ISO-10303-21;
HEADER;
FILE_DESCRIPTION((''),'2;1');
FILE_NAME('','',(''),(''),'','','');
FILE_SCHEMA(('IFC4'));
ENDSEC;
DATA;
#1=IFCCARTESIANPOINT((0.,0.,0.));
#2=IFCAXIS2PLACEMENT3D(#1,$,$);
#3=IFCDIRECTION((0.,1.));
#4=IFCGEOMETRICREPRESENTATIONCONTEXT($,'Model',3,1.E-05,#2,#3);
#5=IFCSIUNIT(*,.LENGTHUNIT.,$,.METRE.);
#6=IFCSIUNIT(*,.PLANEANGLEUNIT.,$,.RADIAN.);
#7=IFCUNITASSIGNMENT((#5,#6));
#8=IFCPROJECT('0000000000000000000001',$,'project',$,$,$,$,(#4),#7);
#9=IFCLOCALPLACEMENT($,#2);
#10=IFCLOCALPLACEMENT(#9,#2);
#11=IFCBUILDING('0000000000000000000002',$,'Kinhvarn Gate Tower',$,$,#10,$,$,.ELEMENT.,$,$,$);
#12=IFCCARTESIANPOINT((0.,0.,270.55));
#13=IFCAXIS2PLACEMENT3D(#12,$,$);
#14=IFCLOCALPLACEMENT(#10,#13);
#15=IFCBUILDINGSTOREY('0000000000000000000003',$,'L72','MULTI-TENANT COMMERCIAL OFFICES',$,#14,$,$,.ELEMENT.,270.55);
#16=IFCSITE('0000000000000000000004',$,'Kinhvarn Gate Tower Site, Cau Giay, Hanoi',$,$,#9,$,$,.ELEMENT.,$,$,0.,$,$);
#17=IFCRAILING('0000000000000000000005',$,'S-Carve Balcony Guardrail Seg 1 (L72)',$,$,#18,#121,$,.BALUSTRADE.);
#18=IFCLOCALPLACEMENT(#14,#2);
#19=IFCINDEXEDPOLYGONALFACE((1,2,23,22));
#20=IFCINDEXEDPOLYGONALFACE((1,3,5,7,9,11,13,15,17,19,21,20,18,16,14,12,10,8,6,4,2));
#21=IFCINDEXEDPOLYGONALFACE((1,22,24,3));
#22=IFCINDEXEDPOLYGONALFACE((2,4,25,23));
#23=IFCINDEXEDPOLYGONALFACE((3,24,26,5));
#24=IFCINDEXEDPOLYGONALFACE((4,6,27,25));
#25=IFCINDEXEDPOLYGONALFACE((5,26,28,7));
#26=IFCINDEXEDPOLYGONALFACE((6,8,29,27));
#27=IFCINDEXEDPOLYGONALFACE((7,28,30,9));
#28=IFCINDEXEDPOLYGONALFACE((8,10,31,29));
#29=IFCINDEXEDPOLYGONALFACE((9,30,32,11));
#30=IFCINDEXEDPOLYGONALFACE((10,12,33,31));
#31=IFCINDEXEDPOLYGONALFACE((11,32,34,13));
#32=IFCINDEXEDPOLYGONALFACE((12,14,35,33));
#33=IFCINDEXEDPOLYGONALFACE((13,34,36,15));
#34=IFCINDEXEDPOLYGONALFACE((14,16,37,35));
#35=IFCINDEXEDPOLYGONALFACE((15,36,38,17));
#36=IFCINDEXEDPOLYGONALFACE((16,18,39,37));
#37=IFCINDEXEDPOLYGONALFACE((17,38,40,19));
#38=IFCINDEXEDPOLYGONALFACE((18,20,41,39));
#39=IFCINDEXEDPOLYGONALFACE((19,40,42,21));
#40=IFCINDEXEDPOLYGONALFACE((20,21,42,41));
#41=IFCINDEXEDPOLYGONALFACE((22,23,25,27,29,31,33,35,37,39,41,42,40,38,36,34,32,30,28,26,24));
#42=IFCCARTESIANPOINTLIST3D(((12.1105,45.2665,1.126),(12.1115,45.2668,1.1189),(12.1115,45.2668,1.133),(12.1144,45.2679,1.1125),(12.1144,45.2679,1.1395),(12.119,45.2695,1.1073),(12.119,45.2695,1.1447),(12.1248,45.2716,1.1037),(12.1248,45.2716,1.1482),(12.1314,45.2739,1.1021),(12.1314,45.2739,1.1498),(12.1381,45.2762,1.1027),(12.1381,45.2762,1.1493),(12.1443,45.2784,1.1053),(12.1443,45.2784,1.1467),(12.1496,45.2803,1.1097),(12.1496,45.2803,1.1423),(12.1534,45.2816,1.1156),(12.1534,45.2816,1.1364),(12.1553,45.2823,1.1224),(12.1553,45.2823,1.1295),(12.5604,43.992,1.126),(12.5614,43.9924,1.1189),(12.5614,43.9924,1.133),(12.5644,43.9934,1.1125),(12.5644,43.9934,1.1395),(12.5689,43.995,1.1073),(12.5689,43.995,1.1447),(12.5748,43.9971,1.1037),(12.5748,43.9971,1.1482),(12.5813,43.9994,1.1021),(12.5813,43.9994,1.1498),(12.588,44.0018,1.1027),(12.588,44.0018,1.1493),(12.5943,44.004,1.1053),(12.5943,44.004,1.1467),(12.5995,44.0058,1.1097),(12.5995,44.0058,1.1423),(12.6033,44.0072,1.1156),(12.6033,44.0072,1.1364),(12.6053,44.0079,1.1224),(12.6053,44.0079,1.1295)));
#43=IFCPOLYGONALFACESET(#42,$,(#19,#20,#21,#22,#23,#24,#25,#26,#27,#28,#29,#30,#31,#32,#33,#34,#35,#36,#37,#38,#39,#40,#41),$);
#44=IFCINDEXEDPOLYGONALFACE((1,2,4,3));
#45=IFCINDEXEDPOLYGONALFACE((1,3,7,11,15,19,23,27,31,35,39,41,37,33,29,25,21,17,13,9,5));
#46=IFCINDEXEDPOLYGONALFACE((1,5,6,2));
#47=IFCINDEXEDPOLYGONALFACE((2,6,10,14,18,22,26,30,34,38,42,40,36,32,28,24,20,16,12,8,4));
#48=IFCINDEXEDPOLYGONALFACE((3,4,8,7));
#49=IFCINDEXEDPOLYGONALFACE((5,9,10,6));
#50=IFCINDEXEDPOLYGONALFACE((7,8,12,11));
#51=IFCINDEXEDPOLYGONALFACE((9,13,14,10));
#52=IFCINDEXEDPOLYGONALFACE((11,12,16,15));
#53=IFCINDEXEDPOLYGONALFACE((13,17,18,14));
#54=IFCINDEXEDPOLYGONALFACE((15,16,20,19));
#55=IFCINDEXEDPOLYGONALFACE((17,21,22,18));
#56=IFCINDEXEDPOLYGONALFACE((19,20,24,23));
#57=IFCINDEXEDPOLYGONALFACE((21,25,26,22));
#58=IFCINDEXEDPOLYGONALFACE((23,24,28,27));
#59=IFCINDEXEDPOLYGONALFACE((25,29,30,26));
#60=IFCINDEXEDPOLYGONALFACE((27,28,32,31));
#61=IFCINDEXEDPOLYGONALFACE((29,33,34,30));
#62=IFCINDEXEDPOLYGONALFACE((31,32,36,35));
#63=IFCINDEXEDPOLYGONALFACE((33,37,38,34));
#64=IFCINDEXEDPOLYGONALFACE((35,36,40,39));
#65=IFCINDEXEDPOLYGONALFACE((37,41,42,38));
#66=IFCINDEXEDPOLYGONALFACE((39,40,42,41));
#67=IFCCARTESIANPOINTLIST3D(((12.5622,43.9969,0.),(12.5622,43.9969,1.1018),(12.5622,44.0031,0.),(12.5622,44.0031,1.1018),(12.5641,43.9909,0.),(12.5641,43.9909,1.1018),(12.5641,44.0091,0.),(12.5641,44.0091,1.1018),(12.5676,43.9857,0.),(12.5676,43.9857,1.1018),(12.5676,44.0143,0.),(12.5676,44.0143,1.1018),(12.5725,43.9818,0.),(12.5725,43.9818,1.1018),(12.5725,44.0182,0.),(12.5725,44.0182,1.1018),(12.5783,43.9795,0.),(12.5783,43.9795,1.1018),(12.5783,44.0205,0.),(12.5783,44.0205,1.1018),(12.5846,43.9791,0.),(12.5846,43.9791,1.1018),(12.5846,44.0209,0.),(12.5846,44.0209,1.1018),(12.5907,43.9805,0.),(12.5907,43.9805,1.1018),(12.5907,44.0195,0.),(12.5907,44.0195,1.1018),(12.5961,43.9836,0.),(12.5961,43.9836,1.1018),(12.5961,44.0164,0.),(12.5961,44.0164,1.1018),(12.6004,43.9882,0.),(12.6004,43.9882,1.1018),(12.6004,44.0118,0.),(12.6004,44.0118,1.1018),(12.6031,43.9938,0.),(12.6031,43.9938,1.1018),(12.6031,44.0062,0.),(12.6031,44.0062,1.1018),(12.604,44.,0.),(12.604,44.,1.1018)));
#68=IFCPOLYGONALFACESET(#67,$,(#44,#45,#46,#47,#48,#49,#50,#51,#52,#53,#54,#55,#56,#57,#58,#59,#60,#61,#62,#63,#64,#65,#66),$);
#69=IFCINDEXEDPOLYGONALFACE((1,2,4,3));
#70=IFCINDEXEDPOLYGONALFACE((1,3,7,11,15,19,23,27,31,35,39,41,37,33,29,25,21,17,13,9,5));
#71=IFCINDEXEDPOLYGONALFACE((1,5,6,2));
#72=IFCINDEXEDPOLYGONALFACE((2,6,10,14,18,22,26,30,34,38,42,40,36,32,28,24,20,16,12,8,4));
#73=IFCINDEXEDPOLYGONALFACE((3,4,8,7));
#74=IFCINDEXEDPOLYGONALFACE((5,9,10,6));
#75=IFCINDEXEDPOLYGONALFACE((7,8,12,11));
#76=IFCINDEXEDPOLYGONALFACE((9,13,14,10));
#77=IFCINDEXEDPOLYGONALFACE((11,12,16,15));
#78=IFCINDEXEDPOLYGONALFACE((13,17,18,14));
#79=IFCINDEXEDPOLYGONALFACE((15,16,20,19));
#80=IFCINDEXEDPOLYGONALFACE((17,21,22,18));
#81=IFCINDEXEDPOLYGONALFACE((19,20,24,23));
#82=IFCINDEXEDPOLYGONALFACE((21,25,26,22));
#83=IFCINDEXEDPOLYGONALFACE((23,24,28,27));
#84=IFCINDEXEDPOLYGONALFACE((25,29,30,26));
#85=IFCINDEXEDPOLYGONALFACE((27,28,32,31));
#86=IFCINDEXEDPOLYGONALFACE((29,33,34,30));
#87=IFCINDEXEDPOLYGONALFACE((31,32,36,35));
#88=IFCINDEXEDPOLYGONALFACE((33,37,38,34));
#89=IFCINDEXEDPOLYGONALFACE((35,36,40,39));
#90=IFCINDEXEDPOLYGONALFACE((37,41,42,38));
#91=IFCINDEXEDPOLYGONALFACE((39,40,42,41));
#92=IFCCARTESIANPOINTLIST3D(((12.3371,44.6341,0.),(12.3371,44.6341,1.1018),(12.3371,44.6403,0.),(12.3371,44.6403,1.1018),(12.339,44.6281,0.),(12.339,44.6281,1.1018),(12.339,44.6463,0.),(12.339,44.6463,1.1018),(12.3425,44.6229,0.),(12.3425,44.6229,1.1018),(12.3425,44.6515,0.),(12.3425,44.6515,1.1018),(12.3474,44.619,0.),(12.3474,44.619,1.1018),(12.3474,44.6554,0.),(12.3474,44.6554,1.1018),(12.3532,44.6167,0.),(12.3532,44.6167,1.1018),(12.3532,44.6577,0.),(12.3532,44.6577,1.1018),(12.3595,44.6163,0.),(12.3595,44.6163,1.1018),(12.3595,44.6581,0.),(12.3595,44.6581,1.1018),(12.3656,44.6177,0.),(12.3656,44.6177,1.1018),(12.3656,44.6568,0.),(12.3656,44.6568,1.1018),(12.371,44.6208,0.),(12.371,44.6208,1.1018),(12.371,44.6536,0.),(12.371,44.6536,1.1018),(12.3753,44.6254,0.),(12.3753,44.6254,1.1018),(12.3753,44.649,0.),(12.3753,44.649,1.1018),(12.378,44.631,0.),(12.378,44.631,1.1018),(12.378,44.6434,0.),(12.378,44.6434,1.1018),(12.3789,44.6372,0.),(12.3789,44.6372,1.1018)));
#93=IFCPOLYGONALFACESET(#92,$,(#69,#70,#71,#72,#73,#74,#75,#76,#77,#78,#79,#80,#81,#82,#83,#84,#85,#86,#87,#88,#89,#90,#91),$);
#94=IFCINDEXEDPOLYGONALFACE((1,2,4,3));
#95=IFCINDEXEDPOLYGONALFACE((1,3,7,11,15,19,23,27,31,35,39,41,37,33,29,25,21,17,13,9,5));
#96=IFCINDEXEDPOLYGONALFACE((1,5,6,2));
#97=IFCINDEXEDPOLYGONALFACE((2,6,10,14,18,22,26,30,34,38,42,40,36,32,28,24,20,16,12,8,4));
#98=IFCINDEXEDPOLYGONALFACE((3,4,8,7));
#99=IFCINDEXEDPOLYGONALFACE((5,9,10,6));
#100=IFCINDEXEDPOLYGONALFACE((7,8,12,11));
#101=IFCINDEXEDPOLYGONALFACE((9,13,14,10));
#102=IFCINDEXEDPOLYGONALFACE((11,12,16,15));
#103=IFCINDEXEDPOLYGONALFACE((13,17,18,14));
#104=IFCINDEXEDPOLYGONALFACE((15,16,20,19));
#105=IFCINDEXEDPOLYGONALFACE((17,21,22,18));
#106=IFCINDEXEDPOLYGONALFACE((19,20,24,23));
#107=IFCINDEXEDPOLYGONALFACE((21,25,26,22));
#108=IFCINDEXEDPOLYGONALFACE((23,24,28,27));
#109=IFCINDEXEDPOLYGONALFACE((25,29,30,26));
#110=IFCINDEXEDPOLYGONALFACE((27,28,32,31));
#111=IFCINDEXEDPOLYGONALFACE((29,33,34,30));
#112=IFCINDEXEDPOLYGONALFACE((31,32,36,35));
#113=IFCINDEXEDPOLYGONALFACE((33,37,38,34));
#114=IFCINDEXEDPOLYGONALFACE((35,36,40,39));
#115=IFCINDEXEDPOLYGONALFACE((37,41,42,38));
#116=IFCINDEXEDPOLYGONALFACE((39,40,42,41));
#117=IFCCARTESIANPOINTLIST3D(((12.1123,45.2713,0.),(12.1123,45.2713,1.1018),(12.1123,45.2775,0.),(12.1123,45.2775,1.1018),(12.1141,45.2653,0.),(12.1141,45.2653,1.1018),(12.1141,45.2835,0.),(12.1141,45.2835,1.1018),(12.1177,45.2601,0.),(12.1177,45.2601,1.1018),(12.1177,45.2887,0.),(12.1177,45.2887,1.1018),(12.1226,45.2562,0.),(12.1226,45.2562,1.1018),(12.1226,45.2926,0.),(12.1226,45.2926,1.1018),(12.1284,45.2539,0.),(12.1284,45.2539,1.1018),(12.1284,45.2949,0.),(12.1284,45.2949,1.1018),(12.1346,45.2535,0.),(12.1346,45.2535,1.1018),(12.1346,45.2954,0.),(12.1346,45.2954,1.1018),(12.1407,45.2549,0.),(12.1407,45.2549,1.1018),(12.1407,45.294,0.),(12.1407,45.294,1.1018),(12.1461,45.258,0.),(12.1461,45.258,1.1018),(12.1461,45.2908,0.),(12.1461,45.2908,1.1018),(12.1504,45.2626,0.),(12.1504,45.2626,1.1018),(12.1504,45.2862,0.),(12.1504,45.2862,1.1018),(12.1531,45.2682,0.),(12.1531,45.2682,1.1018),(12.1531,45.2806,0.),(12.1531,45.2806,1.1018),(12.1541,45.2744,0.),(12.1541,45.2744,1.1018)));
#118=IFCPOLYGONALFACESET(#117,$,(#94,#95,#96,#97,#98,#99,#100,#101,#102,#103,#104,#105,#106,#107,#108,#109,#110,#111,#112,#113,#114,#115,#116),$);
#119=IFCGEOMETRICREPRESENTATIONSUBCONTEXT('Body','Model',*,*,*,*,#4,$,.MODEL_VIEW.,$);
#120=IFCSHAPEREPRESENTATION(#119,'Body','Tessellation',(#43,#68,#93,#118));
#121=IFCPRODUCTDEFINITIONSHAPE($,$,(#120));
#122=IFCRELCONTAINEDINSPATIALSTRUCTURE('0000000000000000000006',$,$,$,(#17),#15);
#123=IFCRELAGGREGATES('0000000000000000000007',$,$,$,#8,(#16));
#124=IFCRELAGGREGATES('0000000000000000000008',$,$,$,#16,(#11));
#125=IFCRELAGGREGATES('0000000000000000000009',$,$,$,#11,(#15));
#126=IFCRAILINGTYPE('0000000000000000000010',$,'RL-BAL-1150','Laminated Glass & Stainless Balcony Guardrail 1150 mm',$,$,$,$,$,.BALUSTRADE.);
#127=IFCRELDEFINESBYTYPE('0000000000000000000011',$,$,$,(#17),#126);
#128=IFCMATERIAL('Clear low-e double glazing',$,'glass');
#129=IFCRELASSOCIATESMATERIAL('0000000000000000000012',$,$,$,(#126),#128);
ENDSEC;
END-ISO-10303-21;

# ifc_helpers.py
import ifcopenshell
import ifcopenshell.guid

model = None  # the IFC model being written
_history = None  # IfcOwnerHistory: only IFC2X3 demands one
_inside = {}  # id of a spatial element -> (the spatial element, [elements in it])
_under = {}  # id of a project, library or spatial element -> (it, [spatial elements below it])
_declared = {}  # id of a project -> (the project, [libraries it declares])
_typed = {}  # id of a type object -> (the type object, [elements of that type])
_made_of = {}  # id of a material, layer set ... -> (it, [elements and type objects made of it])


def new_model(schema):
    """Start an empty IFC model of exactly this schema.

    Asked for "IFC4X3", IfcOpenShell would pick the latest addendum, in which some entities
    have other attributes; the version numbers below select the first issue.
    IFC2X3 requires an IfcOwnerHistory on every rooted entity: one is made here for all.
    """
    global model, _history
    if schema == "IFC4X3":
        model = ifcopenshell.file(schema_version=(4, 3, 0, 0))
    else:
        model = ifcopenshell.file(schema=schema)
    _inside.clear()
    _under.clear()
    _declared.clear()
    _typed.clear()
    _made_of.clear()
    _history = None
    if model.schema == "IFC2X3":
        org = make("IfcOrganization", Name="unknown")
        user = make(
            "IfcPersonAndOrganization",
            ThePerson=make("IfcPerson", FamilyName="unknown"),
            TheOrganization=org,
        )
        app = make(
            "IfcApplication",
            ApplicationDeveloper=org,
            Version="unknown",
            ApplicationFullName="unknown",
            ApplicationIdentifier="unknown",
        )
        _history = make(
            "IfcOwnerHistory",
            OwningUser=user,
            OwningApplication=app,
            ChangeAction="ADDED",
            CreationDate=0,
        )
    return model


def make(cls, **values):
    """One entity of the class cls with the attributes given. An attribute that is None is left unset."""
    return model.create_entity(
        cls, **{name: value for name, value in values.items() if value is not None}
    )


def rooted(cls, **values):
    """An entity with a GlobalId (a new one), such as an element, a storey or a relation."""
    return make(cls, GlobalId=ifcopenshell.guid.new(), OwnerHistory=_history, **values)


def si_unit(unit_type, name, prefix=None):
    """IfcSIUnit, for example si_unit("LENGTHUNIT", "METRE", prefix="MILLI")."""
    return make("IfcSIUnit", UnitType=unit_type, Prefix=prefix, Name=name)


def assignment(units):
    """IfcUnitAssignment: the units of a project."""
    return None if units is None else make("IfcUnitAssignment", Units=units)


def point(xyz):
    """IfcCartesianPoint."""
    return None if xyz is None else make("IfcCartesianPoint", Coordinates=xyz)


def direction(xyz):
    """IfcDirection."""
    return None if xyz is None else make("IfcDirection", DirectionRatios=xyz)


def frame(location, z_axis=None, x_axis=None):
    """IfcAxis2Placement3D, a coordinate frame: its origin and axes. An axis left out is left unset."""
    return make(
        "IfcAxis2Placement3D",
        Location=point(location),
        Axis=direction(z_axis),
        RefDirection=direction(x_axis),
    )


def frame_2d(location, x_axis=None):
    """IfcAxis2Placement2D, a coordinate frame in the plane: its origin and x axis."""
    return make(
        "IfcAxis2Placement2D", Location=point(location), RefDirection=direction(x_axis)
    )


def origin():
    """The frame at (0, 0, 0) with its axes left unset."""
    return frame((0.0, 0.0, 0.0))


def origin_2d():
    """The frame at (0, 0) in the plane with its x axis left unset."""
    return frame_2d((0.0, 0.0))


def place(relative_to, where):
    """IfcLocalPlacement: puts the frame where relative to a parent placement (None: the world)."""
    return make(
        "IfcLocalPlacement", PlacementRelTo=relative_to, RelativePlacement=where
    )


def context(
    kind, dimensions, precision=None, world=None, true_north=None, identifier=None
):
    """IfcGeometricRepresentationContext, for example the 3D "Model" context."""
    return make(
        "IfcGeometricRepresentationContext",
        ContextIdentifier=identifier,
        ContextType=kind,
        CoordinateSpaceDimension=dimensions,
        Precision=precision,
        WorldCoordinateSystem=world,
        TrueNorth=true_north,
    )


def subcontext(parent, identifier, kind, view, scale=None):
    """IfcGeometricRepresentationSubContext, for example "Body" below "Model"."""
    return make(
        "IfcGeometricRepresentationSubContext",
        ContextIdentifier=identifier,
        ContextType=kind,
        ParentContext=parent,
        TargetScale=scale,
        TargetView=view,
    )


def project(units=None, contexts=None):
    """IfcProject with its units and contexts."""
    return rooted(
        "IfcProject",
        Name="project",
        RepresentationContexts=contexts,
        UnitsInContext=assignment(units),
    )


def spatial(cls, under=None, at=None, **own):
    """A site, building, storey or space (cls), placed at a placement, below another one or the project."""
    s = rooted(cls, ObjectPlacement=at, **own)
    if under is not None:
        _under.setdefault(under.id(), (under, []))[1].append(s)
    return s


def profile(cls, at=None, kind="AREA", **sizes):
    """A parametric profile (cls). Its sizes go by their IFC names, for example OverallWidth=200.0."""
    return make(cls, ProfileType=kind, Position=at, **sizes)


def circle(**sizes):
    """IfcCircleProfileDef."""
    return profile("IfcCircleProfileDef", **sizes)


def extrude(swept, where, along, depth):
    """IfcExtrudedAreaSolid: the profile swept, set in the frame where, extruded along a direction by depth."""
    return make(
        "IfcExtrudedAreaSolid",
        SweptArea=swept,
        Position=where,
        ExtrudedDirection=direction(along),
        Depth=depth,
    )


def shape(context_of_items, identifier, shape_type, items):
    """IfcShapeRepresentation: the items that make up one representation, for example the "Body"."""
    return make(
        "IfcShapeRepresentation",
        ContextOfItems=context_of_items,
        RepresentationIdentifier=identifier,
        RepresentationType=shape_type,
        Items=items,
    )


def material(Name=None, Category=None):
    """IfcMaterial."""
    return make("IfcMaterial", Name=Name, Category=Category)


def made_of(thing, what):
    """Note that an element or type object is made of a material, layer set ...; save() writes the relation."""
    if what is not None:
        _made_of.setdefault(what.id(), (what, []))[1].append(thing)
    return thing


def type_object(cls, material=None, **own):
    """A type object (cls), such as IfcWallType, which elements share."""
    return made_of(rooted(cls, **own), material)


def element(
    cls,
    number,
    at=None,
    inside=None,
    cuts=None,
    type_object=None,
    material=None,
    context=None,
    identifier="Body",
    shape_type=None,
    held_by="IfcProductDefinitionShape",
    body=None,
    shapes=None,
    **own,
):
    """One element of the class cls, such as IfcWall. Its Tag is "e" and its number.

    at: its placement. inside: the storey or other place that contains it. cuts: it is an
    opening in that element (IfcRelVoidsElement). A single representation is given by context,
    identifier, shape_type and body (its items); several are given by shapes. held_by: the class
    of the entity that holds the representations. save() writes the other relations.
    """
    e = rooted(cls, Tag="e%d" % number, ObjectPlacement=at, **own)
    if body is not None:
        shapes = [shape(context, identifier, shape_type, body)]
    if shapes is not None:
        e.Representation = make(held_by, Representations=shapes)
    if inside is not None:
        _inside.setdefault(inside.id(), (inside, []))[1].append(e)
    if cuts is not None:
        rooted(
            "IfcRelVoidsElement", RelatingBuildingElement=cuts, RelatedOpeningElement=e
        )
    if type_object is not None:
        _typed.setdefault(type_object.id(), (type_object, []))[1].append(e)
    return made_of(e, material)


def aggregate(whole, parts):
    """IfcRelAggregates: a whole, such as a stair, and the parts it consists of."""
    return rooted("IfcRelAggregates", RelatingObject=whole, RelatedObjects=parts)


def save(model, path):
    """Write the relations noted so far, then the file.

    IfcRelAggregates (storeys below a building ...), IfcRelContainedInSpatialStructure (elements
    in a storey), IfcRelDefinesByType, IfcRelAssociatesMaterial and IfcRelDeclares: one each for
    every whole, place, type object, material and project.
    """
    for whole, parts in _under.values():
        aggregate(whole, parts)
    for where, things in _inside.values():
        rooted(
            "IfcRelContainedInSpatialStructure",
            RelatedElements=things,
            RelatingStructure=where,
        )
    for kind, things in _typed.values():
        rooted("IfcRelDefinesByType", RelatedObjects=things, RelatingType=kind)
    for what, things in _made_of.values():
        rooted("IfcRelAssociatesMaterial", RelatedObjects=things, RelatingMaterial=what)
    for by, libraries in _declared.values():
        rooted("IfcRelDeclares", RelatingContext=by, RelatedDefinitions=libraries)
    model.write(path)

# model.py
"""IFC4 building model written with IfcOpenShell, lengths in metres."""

from ifc_helpers import new_model, si_unit, direction, frame, origin, origin_2d, place, context, subcontext, project, spatial, circle, extrude, material, type_object, element, save


model = new_model("IFC4")

# Units and contexts
model_context = context("Model", 3, precision=1e-05, world=origin(), true_north=direction((0.0, 1.0)))
body_context = subcontext(model_context, "Body", "Model", "MODEL_VIEW")
ifc_project = project(units=[si_unit("LENGTHUNIT", "METRE"), si_unit("PLANEANGLEUNIT", "RADIAN")], contexts=[model_context])

# Site, building, storey
site_placement = place(None, origin())
site = spatial("IfcSite", under=ifc_project, at=site_placement, Name="Kinhvarn Gate Tower Site, Cau Giay, Hanoi", CompositionType="ELEMENT", RefElevation=0.0)
building_placement = place(site_placement, origin())
building = spatial("IfcBuilding", under=site, at=building_placement, Name="Kinhvarn Gate Tower", CompositionType="ELEMENT")
storey_placement = place(building_placement, frame((0.0, 0.0, 270.55)))
storey = spatial("IfcBuildingStorey", under=building, at=storey_placement, Name="L72", Description="MULTI-TENANT COMMERCIAL OFFICES", CompositionType="ELEMENT", Elevation=270.55)

# Shared definitions
ifc_material_1 = material(Name="Clear low-e double glazing", Category="glass")

# Railing
railing_type_1 = type_object("IfcRailingType", Name="RL-BAL-1150", Description="Laminated Glass & Stainless Balcony Guardrail 1150 mm", PredefinedType="BALUSTRADE", material=ifc_material_1)
railing_1_placement = place(storey_placement, frame((12.583, 44.0, 0.0)))
element("IfcRailing", 1, at=railing_1_placement, inside=storey, type_object=railing_type_1, Name="S-Carve Balcony Guardrail Seg 1 (L72)", PredefinedType="BALUSTRADE", context=body_context, shape_type="SweptSolid", body=[
    extrude(circle(Radius=0.0239, at=origin_2d()), frame((0.0, 0.0, 1.126), z_axis=(-0.332924, 0.942954, 0.0), x_axis=(-0.942954, -0.332924, 0.0)), (0.0, 0.0, 1.0), 1.3516),
    extrude(circle(Radius=0.021, at=origin_2d()), origin(), (0.0, 0.0, 1.0), 1.1018),
    extrude(circle(Radius=0.021, at=origin_2d()), frame((-0.2251, 0.6372, 0.0)), (0.0, 0.0, 1.0), 1.1018),
    extrude(circle(Radius=0.021, at=origin_2d()), frame((-0.45, 1.2744, 0.0)), (0.0, 0.0, 1.0), 1.1018),
])

save(model, "model.ifc")
